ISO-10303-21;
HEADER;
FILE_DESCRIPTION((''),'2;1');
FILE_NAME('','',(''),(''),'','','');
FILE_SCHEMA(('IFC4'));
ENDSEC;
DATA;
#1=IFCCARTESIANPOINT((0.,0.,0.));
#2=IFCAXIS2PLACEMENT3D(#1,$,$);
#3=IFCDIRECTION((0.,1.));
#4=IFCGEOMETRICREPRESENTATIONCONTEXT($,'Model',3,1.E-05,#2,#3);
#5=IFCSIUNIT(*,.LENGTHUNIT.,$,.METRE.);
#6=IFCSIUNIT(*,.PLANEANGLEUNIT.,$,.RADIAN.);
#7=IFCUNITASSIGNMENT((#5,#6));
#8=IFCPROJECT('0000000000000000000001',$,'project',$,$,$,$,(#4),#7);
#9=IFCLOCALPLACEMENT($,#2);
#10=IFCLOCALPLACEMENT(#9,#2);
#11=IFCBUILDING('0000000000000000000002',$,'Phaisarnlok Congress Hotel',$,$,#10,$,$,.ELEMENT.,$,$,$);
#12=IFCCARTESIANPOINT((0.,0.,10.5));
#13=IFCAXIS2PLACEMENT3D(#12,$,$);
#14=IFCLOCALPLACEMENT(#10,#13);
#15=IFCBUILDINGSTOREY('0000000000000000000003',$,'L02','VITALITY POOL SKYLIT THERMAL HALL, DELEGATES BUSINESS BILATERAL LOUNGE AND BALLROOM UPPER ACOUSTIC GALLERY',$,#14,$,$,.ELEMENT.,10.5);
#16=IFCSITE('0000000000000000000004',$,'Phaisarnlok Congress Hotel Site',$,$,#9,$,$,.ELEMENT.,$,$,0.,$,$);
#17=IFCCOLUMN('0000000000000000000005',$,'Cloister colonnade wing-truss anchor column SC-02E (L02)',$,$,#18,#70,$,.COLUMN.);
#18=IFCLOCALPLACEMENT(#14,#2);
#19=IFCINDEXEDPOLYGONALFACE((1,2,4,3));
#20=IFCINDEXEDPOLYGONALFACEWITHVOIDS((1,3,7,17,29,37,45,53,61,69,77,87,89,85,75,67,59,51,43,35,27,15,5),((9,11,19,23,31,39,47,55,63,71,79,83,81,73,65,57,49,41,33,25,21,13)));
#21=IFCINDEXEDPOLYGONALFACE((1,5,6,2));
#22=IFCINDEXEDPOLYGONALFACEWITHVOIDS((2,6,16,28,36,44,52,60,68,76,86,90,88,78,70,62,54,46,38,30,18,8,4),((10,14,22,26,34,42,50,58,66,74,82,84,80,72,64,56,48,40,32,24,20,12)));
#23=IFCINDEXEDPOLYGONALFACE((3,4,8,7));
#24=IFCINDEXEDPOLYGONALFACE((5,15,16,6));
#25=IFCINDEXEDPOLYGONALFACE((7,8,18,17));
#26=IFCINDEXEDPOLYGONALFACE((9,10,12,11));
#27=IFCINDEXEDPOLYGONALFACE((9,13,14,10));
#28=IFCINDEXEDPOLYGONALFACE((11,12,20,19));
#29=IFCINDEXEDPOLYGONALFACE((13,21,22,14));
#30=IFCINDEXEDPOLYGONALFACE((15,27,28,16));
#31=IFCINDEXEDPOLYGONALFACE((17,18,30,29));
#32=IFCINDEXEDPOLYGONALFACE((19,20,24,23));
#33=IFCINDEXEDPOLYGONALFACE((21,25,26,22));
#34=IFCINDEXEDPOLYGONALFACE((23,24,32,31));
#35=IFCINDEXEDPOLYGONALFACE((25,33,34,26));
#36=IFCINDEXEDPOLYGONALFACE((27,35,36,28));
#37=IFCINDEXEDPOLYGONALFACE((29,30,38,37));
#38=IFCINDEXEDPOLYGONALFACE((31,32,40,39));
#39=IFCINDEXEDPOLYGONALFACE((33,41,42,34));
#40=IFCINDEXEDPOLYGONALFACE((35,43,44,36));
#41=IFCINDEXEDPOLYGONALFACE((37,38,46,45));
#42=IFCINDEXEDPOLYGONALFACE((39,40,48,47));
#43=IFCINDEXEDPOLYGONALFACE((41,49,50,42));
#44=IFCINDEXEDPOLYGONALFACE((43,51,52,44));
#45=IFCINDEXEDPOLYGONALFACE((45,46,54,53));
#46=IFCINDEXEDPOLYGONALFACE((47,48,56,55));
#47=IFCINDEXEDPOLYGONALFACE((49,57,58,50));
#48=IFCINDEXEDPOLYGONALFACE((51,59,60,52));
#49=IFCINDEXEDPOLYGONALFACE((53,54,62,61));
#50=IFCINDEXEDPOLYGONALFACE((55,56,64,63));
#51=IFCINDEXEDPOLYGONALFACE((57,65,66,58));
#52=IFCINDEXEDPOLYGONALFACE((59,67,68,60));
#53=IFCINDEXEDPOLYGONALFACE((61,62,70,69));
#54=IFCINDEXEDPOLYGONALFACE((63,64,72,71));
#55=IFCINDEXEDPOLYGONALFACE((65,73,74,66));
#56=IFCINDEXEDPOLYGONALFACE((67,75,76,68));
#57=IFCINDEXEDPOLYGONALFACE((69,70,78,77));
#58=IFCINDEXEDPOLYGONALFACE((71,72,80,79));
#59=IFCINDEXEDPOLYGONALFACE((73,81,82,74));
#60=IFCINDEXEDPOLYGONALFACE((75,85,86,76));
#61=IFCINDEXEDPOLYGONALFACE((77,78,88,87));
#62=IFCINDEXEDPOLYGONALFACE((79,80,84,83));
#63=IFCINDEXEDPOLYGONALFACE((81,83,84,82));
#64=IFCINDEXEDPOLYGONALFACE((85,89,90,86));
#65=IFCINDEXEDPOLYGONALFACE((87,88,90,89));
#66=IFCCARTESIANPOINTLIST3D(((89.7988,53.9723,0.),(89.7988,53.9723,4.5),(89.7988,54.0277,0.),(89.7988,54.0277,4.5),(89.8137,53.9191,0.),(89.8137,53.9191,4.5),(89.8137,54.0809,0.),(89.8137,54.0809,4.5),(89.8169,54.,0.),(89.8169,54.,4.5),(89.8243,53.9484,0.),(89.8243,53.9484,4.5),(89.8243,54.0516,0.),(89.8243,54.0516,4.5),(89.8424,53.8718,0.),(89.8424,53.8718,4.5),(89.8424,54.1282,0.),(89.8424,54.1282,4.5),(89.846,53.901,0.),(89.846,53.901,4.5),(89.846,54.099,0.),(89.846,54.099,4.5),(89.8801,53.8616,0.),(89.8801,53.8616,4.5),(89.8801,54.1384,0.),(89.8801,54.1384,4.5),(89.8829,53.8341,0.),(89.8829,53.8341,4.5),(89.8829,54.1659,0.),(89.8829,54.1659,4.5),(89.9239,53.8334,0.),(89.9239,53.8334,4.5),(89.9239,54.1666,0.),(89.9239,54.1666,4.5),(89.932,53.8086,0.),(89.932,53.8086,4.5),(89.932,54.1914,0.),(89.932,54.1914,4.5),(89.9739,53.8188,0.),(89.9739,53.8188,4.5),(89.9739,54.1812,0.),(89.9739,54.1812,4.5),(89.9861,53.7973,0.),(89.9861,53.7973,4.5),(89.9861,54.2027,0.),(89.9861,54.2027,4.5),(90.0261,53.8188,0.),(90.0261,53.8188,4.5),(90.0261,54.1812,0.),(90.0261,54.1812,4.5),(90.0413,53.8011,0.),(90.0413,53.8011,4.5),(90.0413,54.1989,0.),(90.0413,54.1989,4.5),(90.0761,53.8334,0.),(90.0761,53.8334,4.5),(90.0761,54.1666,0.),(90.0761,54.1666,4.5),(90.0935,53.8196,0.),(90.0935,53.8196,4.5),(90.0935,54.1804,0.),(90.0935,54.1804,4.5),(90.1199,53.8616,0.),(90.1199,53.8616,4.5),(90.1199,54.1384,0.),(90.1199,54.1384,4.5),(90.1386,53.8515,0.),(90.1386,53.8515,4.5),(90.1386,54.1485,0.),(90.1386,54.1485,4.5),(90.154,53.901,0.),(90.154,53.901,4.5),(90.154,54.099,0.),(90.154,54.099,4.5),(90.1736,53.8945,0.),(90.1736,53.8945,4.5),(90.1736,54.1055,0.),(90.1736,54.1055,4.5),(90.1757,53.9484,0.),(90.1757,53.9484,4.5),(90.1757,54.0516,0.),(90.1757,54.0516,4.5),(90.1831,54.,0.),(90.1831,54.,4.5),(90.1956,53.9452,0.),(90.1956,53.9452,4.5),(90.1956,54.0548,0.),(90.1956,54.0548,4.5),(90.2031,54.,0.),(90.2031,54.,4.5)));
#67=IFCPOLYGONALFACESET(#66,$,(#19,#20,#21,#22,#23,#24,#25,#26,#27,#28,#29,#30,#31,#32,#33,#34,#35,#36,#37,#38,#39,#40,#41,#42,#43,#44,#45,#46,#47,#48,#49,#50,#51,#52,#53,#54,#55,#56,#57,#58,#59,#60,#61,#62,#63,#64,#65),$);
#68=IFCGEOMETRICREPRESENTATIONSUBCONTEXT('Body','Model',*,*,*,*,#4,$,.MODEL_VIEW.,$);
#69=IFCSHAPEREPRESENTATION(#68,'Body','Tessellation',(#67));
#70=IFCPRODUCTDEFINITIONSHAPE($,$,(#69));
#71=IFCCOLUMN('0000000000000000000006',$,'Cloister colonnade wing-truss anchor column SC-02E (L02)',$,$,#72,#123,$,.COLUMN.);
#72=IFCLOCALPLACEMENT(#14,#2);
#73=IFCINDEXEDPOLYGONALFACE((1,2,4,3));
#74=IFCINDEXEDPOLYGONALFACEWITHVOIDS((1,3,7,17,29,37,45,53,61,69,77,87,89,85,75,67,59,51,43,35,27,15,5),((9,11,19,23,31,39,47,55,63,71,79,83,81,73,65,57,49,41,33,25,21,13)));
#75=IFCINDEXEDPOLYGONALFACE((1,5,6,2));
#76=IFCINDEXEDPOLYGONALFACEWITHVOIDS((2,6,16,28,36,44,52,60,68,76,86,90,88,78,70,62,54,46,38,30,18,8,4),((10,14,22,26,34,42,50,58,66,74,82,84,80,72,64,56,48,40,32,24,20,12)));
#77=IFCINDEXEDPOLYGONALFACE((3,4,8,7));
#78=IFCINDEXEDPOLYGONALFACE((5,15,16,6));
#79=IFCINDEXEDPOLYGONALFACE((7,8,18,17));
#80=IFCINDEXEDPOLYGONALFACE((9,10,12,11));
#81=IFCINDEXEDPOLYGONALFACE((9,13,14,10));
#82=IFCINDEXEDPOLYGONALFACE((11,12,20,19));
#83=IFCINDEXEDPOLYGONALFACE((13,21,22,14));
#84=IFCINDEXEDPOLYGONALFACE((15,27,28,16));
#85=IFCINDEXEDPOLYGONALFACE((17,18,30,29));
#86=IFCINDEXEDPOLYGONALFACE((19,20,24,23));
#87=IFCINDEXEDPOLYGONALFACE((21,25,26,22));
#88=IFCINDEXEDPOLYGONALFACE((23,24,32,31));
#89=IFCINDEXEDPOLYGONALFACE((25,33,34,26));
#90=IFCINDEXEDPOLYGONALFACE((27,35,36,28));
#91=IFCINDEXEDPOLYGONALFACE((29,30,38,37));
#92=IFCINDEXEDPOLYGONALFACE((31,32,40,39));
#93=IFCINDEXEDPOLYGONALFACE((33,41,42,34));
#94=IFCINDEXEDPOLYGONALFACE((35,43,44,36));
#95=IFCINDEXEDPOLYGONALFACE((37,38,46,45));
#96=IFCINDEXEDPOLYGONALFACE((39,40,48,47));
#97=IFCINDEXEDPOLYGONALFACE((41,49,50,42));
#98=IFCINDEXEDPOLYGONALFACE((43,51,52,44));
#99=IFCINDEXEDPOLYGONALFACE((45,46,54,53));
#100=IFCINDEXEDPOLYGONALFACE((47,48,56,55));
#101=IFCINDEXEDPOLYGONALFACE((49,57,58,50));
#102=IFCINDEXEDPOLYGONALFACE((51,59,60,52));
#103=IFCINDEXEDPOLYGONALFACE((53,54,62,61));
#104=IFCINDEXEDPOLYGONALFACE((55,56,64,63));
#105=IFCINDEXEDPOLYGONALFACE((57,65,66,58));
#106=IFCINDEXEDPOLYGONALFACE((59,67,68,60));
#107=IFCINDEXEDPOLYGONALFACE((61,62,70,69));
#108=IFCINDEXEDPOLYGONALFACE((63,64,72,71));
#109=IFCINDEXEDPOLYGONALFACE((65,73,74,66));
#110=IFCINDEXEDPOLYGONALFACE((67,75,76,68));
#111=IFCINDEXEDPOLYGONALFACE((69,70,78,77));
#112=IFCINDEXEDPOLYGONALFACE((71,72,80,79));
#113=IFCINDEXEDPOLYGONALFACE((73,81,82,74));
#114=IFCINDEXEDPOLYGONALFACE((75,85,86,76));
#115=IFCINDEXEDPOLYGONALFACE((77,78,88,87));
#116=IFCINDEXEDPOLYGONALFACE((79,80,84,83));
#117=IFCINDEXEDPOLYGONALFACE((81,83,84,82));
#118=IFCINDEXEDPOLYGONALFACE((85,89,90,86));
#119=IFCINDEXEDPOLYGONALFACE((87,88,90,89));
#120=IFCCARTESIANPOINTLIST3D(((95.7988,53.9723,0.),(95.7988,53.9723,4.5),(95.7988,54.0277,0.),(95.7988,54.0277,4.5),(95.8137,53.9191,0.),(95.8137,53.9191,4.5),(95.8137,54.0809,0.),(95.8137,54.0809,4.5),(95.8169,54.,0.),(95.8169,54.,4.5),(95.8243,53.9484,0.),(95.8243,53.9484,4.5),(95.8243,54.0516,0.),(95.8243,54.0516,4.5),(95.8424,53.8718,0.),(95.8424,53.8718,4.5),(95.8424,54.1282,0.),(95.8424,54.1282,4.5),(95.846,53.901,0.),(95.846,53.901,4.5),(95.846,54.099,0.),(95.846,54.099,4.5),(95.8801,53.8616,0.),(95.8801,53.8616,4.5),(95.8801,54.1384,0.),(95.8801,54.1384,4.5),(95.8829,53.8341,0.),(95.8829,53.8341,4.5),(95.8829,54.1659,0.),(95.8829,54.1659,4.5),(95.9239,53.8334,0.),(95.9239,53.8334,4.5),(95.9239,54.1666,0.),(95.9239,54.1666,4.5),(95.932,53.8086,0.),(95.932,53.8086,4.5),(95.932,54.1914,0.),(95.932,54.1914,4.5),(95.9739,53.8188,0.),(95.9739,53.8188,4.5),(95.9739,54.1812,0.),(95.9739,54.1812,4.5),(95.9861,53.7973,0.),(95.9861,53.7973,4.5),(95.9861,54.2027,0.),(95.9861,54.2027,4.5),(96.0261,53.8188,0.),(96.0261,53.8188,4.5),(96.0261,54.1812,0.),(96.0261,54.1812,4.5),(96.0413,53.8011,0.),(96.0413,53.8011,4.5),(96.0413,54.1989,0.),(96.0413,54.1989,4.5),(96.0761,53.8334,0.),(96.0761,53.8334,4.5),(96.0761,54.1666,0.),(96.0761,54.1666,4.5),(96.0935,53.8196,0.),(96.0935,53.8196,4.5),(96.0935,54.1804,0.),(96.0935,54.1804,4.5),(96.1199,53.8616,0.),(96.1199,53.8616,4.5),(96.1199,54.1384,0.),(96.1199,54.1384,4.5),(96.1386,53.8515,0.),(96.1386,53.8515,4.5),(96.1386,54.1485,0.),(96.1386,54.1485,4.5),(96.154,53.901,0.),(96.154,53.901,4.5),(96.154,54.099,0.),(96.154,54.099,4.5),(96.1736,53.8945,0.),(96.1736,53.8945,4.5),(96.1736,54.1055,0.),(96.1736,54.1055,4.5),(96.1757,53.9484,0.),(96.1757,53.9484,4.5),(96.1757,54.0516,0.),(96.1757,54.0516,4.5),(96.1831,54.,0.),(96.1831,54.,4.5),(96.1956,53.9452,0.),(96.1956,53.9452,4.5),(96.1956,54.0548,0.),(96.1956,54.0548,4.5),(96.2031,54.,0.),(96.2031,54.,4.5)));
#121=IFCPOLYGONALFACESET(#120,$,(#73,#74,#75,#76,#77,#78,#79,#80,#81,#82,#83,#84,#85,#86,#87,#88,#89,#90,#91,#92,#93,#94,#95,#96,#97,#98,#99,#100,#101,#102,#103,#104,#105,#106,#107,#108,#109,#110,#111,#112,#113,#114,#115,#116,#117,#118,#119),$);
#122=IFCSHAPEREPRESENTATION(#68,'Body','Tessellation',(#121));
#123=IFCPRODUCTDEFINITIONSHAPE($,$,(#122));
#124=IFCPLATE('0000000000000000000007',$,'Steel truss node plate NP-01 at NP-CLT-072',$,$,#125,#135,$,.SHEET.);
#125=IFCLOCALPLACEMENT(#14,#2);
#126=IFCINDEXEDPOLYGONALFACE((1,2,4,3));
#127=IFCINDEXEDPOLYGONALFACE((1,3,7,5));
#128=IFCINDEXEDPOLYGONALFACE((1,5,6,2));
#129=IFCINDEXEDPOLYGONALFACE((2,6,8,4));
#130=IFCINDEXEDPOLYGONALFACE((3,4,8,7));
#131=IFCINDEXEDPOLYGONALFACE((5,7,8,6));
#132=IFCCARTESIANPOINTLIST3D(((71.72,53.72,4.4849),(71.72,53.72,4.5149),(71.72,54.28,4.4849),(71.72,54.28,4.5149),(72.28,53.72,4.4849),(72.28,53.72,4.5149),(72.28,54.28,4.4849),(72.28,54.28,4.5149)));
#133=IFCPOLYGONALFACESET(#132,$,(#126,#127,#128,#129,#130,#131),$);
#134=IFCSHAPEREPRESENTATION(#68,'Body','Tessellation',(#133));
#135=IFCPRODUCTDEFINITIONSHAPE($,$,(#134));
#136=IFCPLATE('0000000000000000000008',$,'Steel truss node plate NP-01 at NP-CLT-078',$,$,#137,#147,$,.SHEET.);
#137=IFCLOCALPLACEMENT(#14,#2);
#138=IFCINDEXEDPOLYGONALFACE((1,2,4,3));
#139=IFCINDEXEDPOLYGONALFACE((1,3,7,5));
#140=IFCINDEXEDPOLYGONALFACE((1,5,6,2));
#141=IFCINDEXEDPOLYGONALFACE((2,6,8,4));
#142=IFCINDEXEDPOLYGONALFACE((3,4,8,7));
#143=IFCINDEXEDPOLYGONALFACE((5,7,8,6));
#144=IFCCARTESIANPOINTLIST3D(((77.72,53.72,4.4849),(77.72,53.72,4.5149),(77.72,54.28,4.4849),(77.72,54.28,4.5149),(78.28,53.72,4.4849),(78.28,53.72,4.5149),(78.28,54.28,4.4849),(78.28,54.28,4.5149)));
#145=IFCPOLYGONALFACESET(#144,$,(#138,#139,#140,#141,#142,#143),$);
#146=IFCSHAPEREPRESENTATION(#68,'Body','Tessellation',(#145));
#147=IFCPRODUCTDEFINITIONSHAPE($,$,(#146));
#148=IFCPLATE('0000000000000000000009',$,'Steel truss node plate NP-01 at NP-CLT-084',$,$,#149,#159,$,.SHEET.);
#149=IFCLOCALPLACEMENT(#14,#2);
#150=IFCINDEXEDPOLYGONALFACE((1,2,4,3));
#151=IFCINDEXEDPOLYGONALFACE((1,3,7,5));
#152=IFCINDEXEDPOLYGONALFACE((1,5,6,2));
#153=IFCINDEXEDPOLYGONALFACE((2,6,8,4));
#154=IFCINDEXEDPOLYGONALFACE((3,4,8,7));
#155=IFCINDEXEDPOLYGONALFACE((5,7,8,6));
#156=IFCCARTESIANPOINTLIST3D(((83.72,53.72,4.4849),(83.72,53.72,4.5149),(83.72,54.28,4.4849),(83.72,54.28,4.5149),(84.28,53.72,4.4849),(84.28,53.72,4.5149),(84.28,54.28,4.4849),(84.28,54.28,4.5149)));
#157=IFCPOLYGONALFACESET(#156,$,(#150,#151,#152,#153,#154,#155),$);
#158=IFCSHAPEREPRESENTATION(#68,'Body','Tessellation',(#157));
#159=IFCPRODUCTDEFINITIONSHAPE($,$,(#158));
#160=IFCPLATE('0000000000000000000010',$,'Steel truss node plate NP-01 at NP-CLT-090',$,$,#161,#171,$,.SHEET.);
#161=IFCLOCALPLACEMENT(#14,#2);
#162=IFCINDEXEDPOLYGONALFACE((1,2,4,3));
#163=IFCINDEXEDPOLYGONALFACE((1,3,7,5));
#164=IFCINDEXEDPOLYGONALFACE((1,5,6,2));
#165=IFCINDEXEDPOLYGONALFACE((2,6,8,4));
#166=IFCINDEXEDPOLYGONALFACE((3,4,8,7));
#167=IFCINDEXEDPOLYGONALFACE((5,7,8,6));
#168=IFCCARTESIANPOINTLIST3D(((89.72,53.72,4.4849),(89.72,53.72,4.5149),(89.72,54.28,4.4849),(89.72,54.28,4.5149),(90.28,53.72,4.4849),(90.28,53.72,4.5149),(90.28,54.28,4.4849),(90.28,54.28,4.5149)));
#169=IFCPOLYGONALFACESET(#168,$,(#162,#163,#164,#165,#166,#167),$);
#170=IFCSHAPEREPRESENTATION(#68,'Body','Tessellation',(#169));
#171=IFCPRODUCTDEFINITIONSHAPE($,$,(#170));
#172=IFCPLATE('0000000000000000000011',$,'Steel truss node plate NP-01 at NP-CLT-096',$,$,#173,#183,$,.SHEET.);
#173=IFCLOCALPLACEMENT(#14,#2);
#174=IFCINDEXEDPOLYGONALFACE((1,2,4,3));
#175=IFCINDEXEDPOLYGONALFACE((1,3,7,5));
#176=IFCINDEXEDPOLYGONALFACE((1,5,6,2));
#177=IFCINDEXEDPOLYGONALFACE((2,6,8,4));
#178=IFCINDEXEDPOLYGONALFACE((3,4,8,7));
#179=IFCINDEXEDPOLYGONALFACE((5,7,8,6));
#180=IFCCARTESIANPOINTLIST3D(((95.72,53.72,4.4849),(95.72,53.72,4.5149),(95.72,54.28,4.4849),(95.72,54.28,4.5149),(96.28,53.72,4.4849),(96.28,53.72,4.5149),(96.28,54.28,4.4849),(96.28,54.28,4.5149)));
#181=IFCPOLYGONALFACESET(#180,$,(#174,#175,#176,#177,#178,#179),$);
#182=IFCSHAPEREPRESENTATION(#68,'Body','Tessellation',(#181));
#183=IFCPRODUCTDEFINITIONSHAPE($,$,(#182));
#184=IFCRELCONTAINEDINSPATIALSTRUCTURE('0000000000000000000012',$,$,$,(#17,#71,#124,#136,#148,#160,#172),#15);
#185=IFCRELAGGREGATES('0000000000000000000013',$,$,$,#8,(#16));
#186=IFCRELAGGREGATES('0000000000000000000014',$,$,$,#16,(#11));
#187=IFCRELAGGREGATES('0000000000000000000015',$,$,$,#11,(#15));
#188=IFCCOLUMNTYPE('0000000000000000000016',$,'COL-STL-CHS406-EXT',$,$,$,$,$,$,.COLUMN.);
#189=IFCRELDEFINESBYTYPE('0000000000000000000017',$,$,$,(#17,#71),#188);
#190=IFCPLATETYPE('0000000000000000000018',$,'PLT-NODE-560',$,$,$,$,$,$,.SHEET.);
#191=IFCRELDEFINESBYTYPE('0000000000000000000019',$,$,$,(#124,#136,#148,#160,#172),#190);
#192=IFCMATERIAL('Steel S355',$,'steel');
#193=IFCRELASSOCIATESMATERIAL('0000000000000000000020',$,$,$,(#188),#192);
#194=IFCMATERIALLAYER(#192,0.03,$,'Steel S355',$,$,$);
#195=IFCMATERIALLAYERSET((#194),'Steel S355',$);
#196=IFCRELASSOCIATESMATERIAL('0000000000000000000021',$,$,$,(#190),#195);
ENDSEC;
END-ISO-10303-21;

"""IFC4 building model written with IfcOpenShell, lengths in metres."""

from ifc_helpers import new_model, si_unit, direction, frame, origin, origin_2d, place, context, subcontext, project, spatial, rectangle, hollow_circle, extrude, material, layer, layer_set, material_profile, profile_set, type_object, element, save


model = new_model("IFC4")

# Units and contexts
model_context = context("Model", 3, precision=1e-05, world=origin(), true_north=direction((0.0, 1.0)))
body_context = subcontext(model_context, "Body", "Model", "MODEL_VIEW")
ifc_project = project(units=[si_unit("LENGTHUNIT", "METRE"), si_unit("PLANEANGLEUNIT", "RADIAN")], contexts=[model_context])

# Site, building, storey
site_placement = place(None, origin())
site = spatial("IfcSite", under=ifc_project, at=site_placement, Name="Phaisarnlok Congress Hotel Site", CompositionType="ELEMENT", RefElevation=0.0)
building_placement = place(site_placement, origin())
building = spatial("IfcBuilding", under=site, at=building_placement, Name="Phaisarnlok Congress Hotel", CompositionType="ELEMENT")
storey_placement = place(building_placement, frame((0.0, 0.0, 10.5)))
storey = spatial("IfcBuildingStorey", under=building, at=storey_placement, Name="L02", Description="VITALITY POOL SKYLIT THERMAL HALL, DELEGATES BUSINESS BILATERAL LOUNGE AND BALLROOM UPPER ACOUSTIC GALLERY", CompositionType="ELEMENT", Elevation=10.5)

# Columns
ifc_material_1 = material(Name="Steel S355", Category="steel")
ifc_material_profile = material_profile(ifc_material_1, hollow_circle(Radius=0.2031, WallThickness=0.02, at=origin_2d()), Name="CHS 406.4x20")
ifc_profile_set = profile_set([ifc_material_profile], Name="Steel S355")
column_type = type_object("IfcColumnType", Name="COL-STL-CHS406-EXT", PredefinedType="COLUMN", material=ifc_profile_set)
for number, where, z_axis, x_axis, name in (
    (1, (90.0, 54.0, 0.0), (0.0, 0.0, 1.0), (1.0, 0.0, 0.0), "Cloister colonnade wing-truss anchor column SC-02E (L02)"),
    (2, (96.0, 54.0, 0.0), (0.0, 0.0, 1.0), (1.0, 0.0, 0.0), "Cloister colonnade wing-truss anchor column SC-02E (L02)"),
):
    element("IfcColumn", number, at=place(storey_placement, frame(where, z_axis=z_axis, x_axis=x_axis)), inside=storey, type_object=column_type, Name=name, PredefinedType="COLUMN", context=body_context, shape_type="SweptSolid", body=[
        extrude(hollow_circle(Radius=0.2031, WallThickness=0.02, at=origin_2d()), origin(), (0.0, 0.0, 1.0), 4.5),
    ])

# Plates
ifc_layer_1 = layer(ifc_material_1, 0.03, Name="Steel S355")
ifc_layer_set_1 = layer_set([ifc_layer_1], Name="Steel S355")
plate_type = type_object("IfcPlateType", Name="PLT-NODE-560", PredefinedType="SHEET", material=ifc_layer_set_1)
for number, where, z_axis, x_axis, name in (
    (3, (72.0, 54.0, 4.4849), (0.0, 0.0, 1.0), (1.0, 0.0, 0.0), "Steel truss node plate NP-01 at NP-CLT-072"),
    (4, (78.0, 54.0, 4.4849), (0.0, 0.0, 1.0), (1.0, 0.0, 0.0), "Steel truss node plate NP-01 at NP-CLT-078"),
    (5, (84.0, 54.0, 4.4849), (0.0, 0.0, 1.0), (1.0, 0.0, 0.0), "Steel truss node plate NP-01 at NP-CLT-084"),
    (6, (90.0, 54.0, 4.4849), (0.0, 0.0, 1.0), (1.0, 0.0, 0.0), "Steel truss node plate NP-01 at NP-CLT-090"),
    (7, (96.0, 54.0, 4.4849), (0.0, 0.0, 1.0), (1.0, 0.0, 0.0), "Steel truss node plate NP-01 at NP-CLT-096"),
):
    element("IfcPlate", number, at=place(storey_placement, frame(where, z_axis=z_axis, x_axis=x_axis)), inside=storey, type_object=plate_type, Name=name, PredefinedType="SHEET", context=body_context, shape_type="SweptSolid", body=[
        extrude(rectangle(XDim=0.5601, YDim=0.5601, at=origin_2d()), origin(), (0.0, 0.0, 1.0), 0.03),
    ])

save(model, "model.ifc")
